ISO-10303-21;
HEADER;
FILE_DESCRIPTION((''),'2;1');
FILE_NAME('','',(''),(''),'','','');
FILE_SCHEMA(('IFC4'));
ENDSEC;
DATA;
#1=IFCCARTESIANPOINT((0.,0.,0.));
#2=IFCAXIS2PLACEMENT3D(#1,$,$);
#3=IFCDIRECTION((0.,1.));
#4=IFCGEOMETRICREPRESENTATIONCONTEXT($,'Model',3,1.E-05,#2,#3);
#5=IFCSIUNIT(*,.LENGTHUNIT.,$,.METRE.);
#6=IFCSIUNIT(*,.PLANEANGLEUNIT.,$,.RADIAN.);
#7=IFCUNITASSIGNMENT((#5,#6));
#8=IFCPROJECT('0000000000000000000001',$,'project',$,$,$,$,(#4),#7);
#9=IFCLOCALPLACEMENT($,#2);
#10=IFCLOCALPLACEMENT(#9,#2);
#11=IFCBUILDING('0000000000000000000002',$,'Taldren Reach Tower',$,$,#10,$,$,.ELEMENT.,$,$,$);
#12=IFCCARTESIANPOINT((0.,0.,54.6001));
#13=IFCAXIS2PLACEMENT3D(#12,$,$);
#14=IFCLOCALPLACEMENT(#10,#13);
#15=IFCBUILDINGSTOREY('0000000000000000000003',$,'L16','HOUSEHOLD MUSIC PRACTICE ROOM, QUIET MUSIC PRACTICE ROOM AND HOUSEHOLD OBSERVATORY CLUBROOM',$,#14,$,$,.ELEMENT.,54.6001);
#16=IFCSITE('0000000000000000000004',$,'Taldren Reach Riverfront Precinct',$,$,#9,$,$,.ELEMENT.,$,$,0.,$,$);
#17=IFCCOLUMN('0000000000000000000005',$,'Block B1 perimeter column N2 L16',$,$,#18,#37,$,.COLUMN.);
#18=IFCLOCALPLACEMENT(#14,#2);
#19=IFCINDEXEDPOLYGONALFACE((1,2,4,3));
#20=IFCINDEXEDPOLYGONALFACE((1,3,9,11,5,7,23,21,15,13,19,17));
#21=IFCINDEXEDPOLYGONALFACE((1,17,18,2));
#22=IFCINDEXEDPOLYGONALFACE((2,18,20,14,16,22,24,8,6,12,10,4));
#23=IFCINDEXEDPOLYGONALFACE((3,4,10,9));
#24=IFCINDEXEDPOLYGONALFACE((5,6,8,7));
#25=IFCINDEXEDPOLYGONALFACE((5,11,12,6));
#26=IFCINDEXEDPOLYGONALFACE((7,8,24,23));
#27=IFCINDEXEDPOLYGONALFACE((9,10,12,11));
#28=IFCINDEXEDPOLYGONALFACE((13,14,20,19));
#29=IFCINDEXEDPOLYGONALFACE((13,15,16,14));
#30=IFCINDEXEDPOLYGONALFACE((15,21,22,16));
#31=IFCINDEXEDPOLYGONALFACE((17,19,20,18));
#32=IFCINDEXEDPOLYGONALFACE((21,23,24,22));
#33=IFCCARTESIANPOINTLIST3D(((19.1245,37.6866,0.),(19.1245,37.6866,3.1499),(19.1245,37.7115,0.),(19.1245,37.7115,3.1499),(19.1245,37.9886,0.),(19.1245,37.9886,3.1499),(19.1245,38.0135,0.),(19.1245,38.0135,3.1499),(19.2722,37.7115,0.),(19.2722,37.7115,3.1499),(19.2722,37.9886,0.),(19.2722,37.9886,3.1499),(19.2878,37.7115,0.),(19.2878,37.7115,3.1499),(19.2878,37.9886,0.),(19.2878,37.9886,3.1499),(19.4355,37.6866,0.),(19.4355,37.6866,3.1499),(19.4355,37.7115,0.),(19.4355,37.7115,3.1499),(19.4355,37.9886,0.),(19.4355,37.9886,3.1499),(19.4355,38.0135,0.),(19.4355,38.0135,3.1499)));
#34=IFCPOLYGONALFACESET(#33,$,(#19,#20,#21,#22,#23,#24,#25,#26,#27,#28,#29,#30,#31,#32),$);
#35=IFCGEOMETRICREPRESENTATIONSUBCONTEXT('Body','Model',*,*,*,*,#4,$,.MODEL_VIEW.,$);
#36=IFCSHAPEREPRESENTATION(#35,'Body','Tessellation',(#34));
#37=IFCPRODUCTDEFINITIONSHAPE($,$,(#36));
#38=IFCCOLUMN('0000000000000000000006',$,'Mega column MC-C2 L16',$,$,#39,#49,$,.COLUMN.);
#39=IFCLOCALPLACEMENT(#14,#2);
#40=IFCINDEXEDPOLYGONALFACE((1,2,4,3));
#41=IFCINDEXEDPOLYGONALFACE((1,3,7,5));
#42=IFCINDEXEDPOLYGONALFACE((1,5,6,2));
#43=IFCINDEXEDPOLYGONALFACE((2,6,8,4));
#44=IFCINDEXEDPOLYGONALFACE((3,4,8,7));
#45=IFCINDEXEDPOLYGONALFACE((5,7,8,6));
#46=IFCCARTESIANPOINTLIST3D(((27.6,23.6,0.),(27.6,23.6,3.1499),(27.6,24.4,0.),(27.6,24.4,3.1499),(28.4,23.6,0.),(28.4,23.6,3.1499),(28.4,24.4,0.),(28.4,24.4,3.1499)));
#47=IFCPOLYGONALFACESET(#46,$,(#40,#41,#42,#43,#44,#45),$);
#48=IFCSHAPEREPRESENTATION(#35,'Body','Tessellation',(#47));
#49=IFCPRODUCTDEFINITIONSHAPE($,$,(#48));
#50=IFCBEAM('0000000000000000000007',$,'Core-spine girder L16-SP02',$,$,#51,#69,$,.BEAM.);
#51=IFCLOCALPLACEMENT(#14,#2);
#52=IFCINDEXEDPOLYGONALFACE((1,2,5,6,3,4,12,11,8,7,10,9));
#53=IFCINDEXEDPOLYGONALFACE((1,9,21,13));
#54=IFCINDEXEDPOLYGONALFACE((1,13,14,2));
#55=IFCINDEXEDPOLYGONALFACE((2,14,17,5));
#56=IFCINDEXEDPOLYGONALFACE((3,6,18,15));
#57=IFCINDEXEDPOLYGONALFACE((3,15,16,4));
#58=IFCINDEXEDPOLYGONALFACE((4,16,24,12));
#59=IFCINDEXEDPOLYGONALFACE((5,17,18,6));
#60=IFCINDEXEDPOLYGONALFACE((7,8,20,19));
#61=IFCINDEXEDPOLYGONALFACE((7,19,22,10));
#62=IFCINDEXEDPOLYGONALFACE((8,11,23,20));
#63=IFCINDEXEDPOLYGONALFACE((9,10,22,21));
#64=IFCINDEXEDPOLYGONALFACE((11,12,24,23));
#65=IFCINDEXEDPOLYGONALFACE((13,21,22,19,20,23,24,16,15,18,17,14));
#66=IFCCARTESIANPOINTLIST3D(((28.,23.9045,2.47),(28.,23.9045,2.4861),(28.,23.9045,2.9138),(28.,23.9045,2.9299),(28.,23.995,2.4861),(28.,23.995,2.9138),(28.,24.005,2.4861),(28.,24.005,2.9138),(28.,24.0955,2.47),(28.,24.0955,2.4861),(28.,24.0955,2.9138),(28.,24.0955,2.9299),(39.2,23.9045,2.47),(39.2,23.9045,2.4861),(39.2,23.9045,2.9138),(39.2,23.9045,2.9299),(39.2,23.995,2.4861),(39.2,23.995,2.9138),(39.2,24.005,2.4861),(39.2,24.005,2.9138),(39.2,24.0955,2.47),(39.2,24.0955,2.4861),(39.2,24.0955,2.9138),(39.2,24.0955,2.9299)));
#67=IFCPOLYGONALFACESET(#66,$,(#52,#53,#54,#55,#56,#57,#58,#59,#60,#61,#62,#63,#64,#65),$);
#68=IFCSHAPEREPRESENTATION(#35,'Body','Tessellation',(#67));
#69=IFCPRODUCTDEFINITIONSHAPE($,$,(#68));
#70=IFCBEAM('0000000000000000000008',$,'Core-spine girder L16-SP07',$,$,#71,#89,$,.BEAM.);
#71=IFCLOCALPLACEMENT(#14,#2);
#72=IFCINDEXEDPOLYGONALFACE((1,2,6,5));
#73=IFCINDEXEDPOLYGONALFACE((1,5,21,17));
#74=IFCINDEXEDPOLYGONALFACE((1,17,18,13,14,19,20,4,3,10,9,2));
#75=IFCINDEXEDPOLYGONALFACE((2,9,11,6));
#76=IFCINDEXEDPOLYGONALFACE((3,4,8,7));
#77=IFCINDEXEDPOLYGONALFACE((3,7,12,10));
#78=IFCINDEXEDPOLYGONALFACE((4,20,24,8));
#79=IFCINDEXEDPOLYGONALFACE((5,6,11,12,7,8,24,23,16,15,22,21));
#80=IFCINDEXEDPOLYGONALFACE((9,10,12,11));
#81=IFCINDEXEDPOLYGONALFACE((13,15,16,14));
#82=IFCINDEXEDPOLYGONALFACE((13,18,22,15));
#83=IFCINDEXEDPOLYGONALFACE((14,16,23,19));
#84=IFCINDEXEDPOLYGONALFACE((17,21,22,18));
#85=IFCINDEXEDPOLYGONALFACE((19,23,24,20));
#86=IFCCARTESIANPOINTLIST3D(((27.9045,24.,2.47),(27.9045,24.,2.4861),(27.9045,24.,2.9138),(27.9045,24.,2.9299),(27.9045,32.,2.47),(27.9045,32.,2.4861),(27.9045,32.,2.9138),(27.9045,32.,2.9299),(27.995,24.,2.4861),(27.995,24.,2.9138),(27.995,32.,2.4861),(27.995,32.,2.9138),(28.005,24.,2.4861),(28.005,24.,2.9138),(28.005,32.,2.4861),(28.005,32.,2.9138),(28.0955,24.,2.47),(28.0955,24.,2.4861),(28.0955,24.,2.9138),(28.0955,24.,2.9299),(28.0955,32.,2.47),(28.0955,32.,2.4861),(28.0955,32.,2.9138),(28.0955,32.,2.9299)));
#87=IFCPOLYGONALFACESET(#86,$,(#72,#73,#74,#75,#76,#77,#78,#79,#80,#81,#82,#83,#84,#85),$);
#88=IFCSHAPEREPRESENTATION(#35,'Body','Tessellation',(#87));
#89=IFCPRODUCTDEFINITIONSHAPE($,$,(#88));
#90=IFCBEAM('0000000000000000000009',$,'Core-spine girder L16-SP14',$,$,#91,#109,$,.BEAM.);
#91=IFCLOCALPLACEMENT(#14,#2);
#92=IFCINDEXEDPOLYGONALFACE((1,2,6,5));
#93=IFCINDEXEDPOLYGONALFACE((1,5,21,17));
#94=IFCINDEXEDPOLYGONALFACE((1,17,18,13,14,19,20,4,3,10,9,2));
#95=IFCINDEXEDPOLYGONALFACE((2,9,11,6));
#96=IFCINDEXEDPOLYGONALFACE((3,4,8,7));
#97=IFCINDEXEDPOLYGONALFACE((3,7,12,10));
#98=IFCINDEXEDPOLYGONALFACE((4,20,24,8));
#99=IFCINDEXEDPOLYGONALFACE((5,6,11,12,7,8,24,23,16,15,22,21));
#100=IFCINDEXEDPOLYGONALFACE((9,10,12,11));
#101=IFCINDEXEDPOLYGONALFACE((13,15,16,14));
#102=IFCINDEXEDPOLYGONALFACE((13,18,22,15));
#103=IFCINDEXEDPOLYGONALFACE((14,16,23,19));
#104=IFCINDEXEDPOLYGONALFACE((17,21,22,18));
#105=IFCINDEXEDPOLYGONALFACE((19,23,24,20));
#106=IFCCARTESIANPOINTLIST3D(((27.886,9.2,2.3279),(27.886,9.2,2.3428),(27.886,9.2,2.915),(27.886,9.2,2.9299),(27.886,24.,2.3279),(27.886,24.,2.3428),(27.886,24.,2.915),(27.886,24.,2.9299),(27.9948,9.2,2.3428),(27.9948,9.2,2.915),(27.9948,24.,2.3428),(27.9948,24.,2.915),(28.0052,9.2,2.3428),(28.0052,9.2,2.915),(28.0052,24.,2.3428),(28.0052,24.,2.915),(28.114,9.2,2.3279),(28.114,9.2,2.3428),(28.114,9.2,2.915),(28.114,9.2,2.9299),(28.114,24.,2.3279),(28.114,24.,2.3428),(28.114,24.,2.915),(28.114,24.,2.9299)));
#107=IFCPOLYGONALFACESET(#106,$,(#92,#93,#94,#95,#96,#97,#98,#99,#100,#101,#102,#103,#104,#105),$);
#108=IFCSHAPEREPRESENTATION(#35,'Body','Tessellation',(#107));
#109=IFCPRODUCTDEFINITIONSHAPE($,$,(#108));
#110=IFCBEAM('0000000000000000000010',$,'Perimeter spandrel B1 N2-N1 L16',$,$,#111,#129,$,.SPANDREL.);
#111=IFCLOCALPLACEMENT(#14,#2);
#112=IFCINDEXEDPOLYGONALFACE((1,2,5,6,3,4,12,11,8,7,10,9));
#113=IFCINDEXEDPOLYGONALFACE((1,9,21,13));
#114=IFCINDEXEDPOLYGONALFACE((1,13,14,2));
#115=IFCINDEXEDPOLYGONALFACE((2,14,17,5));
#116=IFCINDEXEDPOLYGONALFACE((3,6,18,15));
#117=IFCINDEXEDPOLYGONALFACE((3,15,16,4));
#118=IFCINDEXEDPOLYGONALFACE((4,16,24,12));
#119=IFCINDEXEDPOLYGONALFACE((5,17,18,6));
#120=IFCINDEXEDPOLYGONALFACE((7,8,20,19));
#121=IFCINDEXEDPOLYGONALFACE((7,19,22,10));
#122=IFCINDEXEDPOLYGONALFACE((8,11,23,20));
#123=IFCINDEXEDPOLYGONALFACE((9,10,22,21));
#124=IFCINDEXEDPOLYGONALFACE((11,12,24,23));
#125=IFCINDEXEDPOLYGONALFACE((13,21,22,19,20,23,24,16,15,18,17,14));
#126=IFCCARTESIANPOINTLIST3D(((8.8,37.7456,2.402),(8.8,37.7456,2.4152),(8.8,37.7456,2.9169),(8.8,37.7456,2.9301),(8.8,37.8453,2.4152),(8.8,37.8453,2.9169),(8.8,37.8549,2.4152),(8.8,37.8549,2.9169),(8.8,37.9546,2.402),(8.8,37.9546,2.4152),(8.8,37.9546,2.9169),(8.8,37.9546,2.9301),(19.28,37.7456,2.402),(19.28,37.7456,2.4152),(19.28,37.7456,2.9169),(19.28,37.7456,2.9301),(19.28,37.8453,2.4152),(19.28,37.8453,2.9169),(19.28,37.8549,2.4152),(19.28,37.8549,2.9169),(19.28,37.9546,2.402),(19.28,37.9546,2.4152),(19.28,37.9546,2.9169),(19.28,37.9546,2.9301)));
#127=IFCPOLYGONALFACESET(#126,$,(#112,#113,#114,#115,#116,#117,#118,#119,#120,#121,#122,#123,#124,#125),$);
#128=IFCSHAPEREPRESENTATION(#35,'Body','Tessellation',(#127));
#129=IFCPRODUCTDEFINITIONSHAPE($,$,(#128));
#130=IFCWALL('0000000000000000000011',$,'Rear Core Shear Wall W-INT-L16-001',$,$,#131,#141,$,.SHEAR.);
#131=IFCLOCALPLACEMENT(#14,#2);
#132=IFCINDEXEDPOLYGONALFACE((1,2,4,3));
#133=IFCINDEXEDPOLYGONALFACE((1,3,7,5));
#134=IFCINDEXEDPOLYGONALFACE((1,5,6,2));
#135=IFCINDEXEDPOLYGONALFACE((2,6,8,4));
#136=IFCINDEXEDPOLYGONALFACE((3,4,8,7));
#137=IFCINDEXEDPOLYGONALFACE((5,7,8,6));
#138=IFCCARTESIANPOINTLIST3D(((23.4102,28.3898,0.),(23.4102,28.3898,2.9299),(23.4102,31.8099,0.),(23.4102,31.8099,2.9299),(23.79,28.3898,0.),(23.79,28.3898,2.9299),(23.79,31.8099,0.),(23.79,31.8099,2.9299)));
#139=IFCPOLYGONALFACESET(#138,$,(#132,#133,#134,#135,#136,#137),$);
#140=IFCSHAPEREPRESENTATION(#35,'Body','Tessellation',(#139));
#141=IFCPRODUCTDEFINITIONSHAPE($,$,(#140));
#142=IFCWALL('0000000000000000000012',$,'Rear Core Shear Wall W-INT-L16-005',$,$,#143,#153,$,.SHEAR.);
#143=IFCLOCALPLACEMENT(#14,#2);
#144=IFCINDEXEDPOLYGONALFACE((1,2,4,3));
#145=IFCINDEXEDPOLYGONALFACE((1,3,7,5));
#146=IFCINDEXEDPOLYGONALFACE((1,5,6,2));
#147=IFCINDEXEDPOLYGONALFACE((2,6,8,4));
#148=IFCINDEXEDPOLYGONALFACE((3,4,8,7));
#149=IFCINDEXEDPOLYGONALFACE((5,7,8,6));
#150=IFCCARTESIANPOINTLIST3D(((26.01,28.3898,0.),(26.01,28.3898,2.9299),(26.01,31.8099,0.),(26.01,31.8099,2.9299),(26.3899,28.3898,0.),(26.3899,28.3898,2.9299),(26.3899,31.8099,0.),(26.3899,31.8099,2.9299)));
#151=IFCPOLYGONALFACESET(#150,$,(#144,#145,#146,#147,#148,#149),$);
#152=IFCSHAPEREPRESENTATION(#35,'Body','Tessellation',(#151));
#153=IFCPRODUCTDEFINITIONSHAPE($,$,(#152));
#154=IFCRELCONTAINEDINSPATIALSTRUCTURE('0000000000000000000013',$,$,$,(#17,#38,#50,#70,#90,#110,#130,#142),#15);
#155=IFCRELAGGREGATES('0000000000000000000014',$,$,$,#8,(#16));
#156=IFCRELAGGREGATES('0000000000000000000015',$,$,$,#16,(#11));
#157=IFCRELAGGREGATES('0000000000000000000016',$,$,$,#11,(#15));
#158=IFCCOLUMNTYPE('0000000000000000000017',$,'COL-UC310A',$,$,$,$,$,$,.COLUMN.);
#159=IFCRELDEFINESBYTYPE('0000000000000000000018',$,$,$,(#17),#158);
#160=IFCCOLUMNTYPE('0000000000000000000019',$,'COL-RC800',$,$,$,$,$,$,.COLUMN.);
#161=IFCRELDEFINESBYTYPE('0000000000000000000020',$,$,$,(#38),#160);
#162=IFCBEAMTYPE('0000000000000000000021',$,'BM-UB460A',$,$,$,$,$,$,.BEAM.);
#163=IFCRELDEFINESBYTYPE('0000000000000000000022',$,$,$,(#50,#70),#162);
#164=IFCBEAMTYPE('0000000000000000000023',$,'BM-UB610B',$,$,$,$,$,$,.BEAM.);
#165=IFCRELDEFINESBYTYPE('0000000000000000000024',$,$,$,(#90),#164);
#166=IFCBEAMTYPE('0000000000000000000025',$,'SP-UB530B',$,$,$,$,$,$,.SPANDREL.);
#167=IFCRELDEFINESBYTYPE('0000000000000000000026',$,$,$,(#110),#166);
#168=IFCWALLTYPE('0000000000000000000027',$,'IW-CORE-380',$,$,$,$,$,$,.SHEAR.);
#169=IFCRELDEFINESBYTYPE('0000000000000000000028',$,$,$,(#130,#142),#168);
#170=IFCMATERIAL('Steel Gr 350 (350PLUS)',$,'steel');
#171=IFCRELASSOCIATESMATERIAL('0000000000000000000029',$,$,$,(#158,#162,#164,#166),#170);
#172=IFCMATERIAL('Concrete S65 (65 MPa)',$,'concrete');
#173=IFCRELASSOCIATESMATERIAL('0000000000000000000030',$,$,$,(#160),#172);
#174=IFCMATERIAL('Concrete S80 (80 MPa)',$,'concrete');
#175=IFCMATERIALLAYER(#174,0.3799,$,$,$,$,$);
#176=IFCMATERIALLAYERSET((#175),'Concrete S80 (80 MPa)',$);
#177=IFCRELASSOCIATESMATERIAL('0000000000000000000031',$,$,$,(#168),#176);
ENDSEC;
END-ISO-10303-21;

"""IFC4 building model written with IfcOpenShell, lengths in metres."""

from ifc_helpers import new_model, si_unit, direction, frame, frame_2d, origin, origin_2d, place, context, subcontext, project, spatial, rectangle, i_section, extrude, source, transform, mapped, material, layer, layer_set, material_profile, profile_set, type_object, element, save


model = new_model("IFC4")

# Units and contexts
model_context = context("Model", 3, precision=1e-05, world=origin(), true_north=direction((0.0, 1.0)))
body_context = subcontext(model_context, "Body", "Model", "MODEL_VIEW")
ifc_project = project(units=[si_unit("LENGTHUNIT", "METRE"), si_unit("PLANEANGLEUNIT", "RADIAN")], contexts=[model_context])

# Site, building, storey
site_placement = place(None, origin())
site = spatial("IfcSite", under=ifc_project, at=site_placement, Name="Taldren Reach Riverfront Precinct", CompositionType="ELEMENT", RefElevation=0.0)
building_placement = place(site_placement, origin())
building = spatial("IfcBuilding", under=site, at=building_placement, Name="Taldren Reach Tower", CompositionType="ELEMENT")
storey_placement = place(building_placement, frame((0.0, 0.0, 54.6001)))
storey = spatial("IfcBuildingStorey", under=building, at=storey_placement, Name="L16", Description="HOUSEHOLD MUSIC PRACTICE ROOM, QUIET MUSIC PRACTICE ROOM AND HOUSEHOLD OBSERVATORY CLUBROOM", CompositionType="ELEMENT", Elevation=54.6001)

# Columns
ifc_material_1 = material(Name="Steel Gr 350 (350PLUS)", Category="steel")
ifc_material_profile_1 = material_profile(ifc_material_1, i_section(OverallWidth=0.311, OverallDepth=0.3269, WebThickness=0.0156, FlangeThickness=0.0249, at=origin_2d()), Name="310UC158")
ifc_profile_set_1 = profile_set([ifc_material_profile_1], Name="Steel Gr 350 (350PLUS)")
column_type_1 = type_object("IfcColumnType", Name="COL-UC310A", PredefinedType="COLUMN", material=ifc_profile_set_1)
shared_shape_1 = source(origin(), body_context, "Body", "SweptSolid", [
    extrude(i_section(OverallWidth=0.311, OverallDepth=0.3269, WebThickness=0.0156, FlangeThickness=0.0249, at=origin_2d()), origin(), (0.0, 0.0, 1.0), 3.1499),
])
column_1_placement = place(storey_placement, frame((19.28, 37.8501, 0.0), z_axis=(0.0, 0.0, 1.0), x_axis=(1.0, 0.0, 0.0)))
element("IfcColumn", 1, at=column_1_placement, inside=storey, type_object=column_type_1, Name="Block B1 perimeter column N2 L16", PredefinedType="COLUMN", context=body_context, shape_type="MappedRepresentation", body=[
    mapped(shared_shape_1, transform((0.0, 0.0, 0.0), scale=1.0)),
])
ifc_material_2 = material(Name="Concrete S65 (65 MPa)", Category="concrete")
ifc_material_profile_2 = material_profile(ifc_material_2, rectangle(XDim=0.8, YDim=0.8, at=origin_2d()), Name="RC-800x800")
ifc_profile_set_2 = profile_set([ifc_material_profile_2], Name="Concrete S65 (65 MPa)")
column_type_2 = type_object("IfcColumnType", Name="COL-RC800", PredefinedType="COLUMN", material=ifc_profile_set_2)
shared_shape_2 = source(origin(), body_context, "Body", "SweptSolid", [
    extrude(rectangle(XDim=0.8, YDim=0.8, at=origin_2d()), origin(), (0.0, 0.0, 1.0), 3.1499),
])
column_2_placement = place(storey_placement, frame((28.0, 24.0, 0.0), z_axis=(0.0, 0.0, 1.0), x_axis=(1.0, 0.0, 0.0)))
element("IfcColumn", 2, at=column_2_placement, inside=storey, type_object=column_type_2, Name="Mega column MC-C2 L16", PredefinedType="COLUMN", context=body_context, shape_type="MappedRepresentation", body=[
    mapped(shared_shape_2, transform((0.0, 0.0, 0.0), scale=1.0)),
])

# Beams
ifc_material_profile_3 = material_profile(ifc_material_1, i_section(OverallWidth=0.1909, OverallDepth=0.46, WebThickness=0.01, FlangeThickness=0.0161, at=origin_2d()), Name="460UB82.1")
ifc_profile_set_3 = profile_set([ifc_material_profile_3], Name="Steel Gr 350 (350PLUS)")
beam_type_1 = type_object("IfcBeamType", Name="BM-UB460A", PredefinedType="BEAM", material=ifc_profile_set_3)
shared_shape_3 = source(origin(), body_context, "Body", "SweptSolid", [
    extrude(i_section(OverallWidth=0.1909, OverallDepth=0.46, WebThickness=0.01, FlangeThickness=0.0161, at=origin_2d()), origin(), (0.0, 0.0, 1.0), 11.2),
])
beam_1_placement = place(storey_placement, frame((28.0, 24.0, 2.7), z_axis=(1.0, 0.0, 0.0), x_axis=(0.0, 1.0, 0.0)))
element("IfcBeam", 3, at=beam_1_placement, inside=storey, type_object=beam_type_1, Name="Core-spine girder L16-SP02", PredefinedType="BEAM", context=body_context, shape_type="MappedRepresentation", body=[
    mapped(shared_shape_3, transform((0.0, 0.0, 0.0), scale=1.0)),
])
shared_shape_4 = source(origin(), body_context, "Body", "SweptSolid", [
    extrude(i_section(OverallWidth=0.1909, OverallDepth=0.46, WebThickness=0.01, FlangeThickness=0.0161, at=origin_2d()), origin(), (0.0, 0.0, 1.0), 8.0),
])
beam_2_placement = place(storey_placement, frame((28.0, 24.0, 2.7), z_axis=(0.0, 1.0, 0.0), x_axis=(-1.0, 0.0, 0.0)))
element("IfcBeam", 4, at=beam_2_placement, inside=storey, type_object=beam_type_1, Name="Core-spine girder L16-SP07", PredefinedType="BEAM", context=body_context, shape_type="MappedRepresentation", body=[
    mapped(shared_shape_4, transform((0.0, 0.0, 0.0), scale=1.0)),
])
ifc_material_profile_4 = material_profile(ifc_material_1, i_section(OverallWidth=0.228, OverallDepth=0.6021, WebThickness=0.0105, FlangeThickness=0.0149, at=origin_2d()), Name="610UB101")
ifc_profile_set_4 = profile_set([ifc_material_profile_4], Name="Steel Gr 350 (350PLUS)")
beam_type_2 = type_object("IfcBeamType", Name="BM-UB610B", PredefinedType="BEAM", material=ifc_profile_set_4)
shared_shape_5 = source(origin(), body_context, "Body", "SweptSolid", [
    extrude(i_section(OverallWidth=0.228, OverallDepth=0.6021, WebThickness=0.0105, FlangeThickness=0.0149, at=origin_2d()), origin(), (0.0, 0.0, 1.0), 14.8),
])
beam_3_placement = place(storey_placement, frame((28.0, 24.0, 2.6289), z_axis=(0.0, -1.0, 0.0), x_axis=(1.0, 0.0, 0.0)))
element("IfcBeam", 5, at=beam_3_placement, inside=storey, type_object=beam_type_2, Name="Core-spine girder L16-SP14", PredefinedType="BEAM", context=body_context, shape_type="MappedRepresentation", body=[
    mapped(shared_shape_5, transform((0.0, 0.0, 0.0), scale=1.0)),
])
ifc_material_profile_5 = material_profile(ifc_material_1, i_section(OverallWidth=0.209, OverallDepth=0.5281, WebThickness=0.0095, FlangeThickness=0.0132, at=origin_2d()), Name="530UB82.0")
ifc_profile_set_5 = profile_set([ifc_material_profile_5], Name="Steel Gr 350 (350PLUS)")
beam_type_3 = type_object("IfcBeamType", Name="SP-UB530B", PredefinedType="SPANDREL", material=ifc_profile_set_5)
shared_shape_6 = source(origin(), body_context, "Body", "SweptSolid", [
    extrude(i_section(OverallWidth=0.209, OverallDepth=0.5281, WebThickness=0.0095, FlangeThickness=0.0132, at=origin_2d()), origin(), (0.0, 0.0, 1.0), 10.48),
])
beam_4_placement = place(storey_placement, frame((19.28, 37.8501, 2.666), z_axis=(-1.0, 0.0, 0.0), x_axis=(0.0, -1.0, 0.0)))
element("IfcBeam", 6, at=beam_4_placement, inside=storey, type_object=beam_type_3, Name="Perimeter spandrel B1 N2-N1 L16", PredefinedType="SPANDREL", context=body_context, shape_type="MappedRepresentation", body=[
    mapped(shared_shape_6, transform((0.0, 0.0, 0.0), scale=1.0)),
])

# Walls
ifc_material_3 = material(Name="Concrete S80 (80 MPa)", Category="concrete")
ifc_layer_1 = layer(ifc_material_3, 0.3799)
ifc_layer_set_1 = layer_set([ifc_layer_1], Name="Concrete S80 (80 MPa)")
wall_type_1 = type_object("IfcWallType", Name="IW-CORE-380", PredefinedType="SHEAR", material=ifc_layer_set_1)
shared_shape_7 = source(origin(), body_context, "Body", "SweptSolid", [
    extrude(rectangle(XDim=3.4202, YDim=0.3799, at=frame_2d((1.71, 0.0))), origin(), (0.0, 0.0, 1.0), 2.9299),
])
for number, where, z_axis, x_axis, name in (
    (7, (23.6001, 28.3899, 0.0), (0.0, 0.0, 1.0), (0.0, 1.0, 0.0), "Rear Core Shear Wall W-INT-L16-001"),
    (8, (26.2, 28.3899, 0.0), (0.0, 0.0, 1.0), (0.0, 1.0, 0.0), "Rear Core Shear Wall W-INT-L16-005"),
):
    element("IfcWall", number, at=place(storey_placement, frame(where, z_axis=z_axis, x_axis=x_axis)), inside=storey, type_object=wall_type_1, Name=name, PredefinedType="SHEAR", context=body_context, shape_type="MappedRepresentation", body=[
        mapped(shared_shape_7, transform((0.0, 0.0, 0.0), scale=1.0)),
    ])

save(model, "model.ifc")
